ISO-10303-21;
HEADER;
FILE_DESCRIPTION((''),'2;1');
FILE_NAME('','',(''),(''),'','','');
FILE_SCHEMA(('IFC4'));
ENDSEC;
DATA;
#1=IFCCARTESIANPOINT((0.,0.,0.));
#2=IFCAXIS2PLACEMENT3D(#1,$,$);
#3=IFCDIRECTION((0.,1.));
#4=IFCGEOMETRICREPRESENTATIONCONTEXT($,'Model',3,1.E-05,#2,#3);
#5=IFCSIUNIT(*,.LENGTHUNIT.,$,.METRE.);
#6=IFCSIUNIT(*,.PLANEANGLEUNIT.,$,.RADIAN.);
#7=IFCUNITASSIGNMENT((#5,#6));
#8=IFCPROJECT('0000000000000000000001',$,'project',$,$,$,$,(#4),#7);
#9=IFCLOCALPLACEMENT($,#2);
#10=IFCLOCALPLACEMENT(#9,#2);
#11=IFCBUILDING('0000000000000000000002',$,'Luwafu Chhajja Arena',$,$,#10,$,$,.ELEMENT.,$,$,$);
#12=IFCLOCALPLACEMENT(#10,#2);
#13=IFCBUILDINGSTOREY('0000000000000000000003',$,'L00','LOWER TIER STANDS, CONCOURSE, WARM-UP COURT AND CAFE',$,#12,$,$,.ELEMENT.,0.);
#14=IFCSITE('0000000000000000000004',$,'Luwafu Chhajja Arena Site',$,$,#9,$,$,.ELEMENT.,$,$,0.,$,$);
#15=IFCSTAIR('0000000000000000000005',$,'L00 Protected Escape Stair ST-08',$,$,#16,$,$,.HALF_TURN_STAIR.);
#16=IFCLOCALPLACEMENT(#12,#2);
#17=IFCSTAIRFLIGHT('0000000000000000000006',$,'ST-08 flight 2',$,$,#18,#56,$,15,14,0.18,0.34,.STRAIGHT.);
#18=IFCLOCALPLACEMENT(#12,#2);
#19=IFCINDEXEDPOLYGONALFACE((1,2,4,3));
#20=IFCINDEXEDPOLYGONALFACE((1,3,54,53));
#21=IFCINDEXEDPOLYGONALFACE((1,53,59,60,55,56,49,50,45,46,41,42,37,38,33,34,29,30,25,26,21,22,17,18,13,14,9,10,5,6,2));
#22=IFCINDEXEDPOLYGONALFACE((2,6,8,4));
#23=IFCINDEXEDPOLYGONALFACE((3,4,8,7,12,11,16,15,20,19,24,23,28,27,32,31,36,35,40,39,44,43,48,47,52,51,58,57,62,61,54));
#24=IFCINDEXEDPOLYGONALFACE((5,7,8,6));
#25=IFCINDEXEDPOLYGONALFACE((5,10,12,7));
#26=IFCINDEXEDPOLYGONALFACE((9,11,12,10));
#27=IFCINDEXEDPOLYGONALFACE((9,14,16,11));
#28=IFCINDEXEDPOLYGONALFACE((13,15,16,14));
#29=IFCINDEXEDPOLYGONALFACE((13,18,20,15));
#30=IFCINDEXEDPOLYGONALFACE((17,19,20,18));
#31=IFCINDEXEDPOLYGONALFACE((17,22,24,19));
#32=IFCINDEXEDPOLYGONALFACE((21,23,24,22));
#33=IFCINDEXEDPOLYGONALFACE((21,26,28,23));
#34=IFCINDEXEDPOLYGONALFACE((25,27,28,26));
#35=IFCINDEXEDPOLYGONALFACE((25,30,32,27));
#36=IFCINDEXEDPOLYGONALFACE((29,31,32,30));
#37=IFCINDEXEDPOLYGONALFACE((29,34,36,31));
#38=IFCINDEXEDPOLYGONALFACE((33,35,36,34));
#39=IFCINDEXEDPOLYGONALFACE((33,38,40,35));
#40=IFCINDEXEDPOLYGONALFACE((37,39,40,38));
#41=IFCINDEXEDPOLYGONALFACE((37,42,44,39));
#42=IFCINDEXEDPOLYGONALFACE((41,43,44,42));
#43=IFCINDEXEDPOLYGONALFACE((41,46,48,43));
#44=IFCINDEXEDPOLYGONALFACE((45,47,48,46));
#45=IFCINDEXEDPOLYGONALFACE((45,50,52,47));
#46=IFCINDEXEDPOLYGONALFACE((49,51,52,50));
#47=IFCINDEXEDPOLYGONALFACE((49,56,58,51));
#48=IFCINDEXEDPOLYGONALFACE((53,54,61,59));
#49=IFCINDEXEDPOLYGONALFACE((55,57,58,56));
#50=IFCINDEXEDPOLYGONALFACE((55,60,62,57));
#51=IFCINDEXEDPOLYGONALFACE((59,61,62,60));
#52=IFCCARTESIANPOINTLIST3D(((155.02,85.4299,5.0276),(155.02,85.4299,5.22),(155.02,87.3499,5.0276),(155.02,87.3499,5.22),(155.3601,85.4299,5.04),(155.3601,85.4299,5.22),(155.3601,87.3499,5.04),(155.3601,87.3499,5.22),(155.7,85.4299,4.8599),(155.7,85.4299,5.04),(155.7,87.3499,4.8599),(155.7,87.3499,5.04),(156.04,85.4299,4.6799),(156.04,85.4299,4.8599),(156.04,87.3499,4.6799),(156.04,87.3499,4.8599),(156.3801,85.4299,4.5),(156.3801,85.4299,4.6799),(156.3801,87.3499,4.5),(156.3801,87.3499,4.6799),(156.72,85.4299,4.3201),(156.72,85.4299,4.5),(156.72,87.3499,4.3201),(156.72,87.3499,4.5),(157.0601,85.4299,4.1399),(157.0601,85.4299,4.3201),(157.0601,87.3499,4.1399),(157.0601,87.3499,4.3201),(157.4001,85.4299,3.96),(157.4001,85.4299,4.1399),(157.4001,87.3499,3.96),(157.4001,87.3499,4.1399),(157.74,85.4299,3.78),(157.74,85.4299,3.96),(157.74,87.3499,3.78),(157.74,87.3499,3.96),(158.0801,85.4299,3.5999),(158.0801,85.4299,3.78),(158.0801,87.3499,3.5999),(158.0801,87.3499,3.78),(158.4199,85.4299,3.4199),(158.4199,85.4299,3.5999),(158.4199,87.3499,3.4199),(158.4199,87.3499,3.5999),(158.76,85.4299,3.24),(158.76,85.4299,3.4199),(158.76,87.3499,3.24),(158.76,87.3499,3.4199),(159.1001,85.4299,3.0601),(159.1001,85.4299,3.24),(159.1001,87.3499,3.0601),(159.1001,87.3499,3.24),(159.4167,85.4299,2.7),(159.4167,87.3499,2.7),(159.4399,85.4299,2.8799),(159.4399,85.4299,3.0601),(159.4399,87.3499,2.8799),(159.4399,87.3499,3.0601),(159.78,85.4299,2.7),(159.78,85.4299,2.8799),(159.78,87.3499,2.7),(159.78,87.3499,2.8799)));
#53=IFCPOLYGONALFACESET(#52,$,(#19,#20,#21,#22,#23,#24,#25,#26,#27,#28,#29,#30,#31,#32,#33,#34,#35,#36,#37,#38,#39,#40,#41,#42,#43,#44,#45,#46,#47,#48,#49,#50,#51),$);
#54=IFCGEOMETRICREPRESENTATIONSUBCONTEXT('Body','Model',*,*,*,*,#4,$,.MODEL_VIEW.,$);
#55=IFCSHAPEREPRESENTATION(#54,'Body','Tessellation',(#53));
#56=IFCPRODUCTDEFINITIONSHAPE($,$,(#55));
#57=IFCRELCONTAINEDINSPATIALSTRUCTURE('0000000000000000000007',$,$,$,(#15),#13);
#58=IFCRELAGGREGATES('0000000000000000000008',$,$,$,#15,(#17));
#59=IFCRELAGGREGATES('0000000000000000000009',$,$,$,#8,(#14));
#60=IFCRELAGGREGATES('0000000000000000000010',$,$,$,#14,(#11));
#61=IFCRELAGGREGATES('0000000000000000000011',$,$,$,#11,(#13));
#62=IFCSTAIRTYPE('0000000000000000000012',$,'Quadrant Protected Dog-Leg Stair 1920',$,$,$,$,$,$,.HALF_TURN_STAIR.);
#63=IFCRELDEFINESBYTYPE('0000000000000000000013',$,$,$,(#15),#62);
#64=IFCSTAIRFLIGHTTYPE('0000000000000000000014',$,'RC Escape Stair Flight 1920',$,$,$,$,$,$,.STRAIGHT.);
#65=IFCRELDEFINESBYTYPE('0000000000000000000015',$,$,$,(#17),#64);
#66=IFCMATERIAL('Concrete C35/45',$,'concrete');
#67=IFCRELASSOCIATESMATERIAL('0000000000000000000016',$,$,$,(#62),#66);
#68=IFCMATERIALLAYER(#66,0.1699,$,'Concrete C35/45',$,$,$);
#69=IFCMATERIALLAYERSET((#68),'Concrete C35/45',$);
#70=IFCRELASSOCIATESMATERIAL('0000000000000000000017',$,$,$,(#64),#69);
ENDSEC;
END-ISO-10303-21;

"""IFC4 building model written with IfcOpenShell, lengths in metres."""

from ifc_helpers import new_model, si_unit, direction, frame, origin, place, context, subcontext, project, spatial, polyline, outline, extrude, material, layer, layer_set, type_object, element, aggregate, save


model = new_model("IFC4")

# Units and contexts
model_context = context("Model", 3, precision=1e-05, world=origin(), true_north=direction((0.0, 1.0)))
body_context = subcontext(model_context, "Body", "Model", "MODEL_VIEW")
ifc_project = project(units=[si_unit("LENGTHUNIT", "METRE"), si_unit("PLANEANGLEUNIT", "RADIAN")], contexts=[model_context])

# Site, building, storey
site_placement = place(None, origin())
site = spatial("IfcSite", under=ifc_project, at=site_placement, Name="Luwafu Chhajja Arena Site", CompositionType="ELEMENT", RefElevation=0.0)
building_placement = place(site_placement, origin())
building = spatial("IfcBuilding", under=site, at=building_placement, Name="Luwafu Chhajja Arena", CompositionType="ELEMENT")
storey_placement = place(building_placement, origin())
storey = spatial("IfcBuildingStorey", under=building, at=storey_placement, Name="L00", Description="LOWER TIER STANDS, CONCOURSE, WARM-UP COURT AND CAFE", CompositionType="ELEMENT", Elevation=0.0)

# Shared definitions
ifc_material_1 = material(Name="Concrete C35/45", Category="concrete")

# Stair, stair flight
stair_type = type_object("IfcStairType", Name="Quadrant Protected Dog-Leg Stair 1920", PredefinedType="HALF_TURN_STAIR", material=ifc_material_1)
stair_placement = place(storey_placement, origin())
stair = element("IfcStair", 1, at=stair_placement, inside=storey, type_object=stair_type, Name="L00 Protected Escape Stair ST-08", PredefinedType="HALF_TURN_STAIR")
ifc_layer_1 = layer(ifc_material_1, 0.1699, Name="Concrete C35/45")
ifc_layer_set_1 = layer_set([ifc_layer_1], Name="Concrete C35/45")
stair_flight_type = type_object("IfcStairFlightType", Name="RC Escape Stair Flight 1920", PredefinedType="STRAIGHT", material=ifc_layer_set_1)
stair_flight_1_placement = place(storey_placement, frame((159.78, 86.3899, 2.7), z_axis=(0.0, 0.0, 1.0), x_axis=(-1.0, 0.0, 0.0)))
stair_flight_1 = element("IfcStairFlight", 2, at=stair_flight_1_placement, type_object=stair_flight_type, Name="ST-08 flight 2", NumberOfRisers=15, NumberOfTreads=14, PredefinedType="STRAIGHT", RiserHeight=0.18, TreadLength=0.34, context=body_context, shape_type="SweptSolid", body=[
    extrude(outline(polyline([(0.0, 0.0), (0.0, 0.1799), (0.3401, 0.1799), (0.3401, 0.3601), (0.6799, 0.3601), (0.6799, 0.54), (1.02, 0.54), (1.02, 0.72), (1.3601, 0.72), (1.3601, 0.8999), (1.7, 0.8999), (1.7, 1.0801), (2.04, 1.0801), (2.04, 1.26), (2.3799, 1.26), (2.3799, 1.4399), (2.72, 1.4399), (2.72, 1.6201), (3.0601, 1.6201), (3.0601, 1.8), (3.3999, 1.8), (3.3999, 1.98), (3.74, 1.98), (3.74, 2.1599), (4.0801, 2.1599), (4.0801, 2.3401), (4.4199, 2.3401), (4.4199, 2.52), (4.76, 2.52), (4.76, 2.7), (4.76, 2.3276), (0.3633, 0.0), (0.0, 0.0)])), frame((0.0, 0.96, 0.0), z_axis=(0.0, -1.0, 0.0), x_axis=(1.0, 0.0, 0.0)), (0.0, 0.0, 1.0), 1.9199),
])
aggregate(stair, [stair_flight_1])

save(model, "model.ifc")
